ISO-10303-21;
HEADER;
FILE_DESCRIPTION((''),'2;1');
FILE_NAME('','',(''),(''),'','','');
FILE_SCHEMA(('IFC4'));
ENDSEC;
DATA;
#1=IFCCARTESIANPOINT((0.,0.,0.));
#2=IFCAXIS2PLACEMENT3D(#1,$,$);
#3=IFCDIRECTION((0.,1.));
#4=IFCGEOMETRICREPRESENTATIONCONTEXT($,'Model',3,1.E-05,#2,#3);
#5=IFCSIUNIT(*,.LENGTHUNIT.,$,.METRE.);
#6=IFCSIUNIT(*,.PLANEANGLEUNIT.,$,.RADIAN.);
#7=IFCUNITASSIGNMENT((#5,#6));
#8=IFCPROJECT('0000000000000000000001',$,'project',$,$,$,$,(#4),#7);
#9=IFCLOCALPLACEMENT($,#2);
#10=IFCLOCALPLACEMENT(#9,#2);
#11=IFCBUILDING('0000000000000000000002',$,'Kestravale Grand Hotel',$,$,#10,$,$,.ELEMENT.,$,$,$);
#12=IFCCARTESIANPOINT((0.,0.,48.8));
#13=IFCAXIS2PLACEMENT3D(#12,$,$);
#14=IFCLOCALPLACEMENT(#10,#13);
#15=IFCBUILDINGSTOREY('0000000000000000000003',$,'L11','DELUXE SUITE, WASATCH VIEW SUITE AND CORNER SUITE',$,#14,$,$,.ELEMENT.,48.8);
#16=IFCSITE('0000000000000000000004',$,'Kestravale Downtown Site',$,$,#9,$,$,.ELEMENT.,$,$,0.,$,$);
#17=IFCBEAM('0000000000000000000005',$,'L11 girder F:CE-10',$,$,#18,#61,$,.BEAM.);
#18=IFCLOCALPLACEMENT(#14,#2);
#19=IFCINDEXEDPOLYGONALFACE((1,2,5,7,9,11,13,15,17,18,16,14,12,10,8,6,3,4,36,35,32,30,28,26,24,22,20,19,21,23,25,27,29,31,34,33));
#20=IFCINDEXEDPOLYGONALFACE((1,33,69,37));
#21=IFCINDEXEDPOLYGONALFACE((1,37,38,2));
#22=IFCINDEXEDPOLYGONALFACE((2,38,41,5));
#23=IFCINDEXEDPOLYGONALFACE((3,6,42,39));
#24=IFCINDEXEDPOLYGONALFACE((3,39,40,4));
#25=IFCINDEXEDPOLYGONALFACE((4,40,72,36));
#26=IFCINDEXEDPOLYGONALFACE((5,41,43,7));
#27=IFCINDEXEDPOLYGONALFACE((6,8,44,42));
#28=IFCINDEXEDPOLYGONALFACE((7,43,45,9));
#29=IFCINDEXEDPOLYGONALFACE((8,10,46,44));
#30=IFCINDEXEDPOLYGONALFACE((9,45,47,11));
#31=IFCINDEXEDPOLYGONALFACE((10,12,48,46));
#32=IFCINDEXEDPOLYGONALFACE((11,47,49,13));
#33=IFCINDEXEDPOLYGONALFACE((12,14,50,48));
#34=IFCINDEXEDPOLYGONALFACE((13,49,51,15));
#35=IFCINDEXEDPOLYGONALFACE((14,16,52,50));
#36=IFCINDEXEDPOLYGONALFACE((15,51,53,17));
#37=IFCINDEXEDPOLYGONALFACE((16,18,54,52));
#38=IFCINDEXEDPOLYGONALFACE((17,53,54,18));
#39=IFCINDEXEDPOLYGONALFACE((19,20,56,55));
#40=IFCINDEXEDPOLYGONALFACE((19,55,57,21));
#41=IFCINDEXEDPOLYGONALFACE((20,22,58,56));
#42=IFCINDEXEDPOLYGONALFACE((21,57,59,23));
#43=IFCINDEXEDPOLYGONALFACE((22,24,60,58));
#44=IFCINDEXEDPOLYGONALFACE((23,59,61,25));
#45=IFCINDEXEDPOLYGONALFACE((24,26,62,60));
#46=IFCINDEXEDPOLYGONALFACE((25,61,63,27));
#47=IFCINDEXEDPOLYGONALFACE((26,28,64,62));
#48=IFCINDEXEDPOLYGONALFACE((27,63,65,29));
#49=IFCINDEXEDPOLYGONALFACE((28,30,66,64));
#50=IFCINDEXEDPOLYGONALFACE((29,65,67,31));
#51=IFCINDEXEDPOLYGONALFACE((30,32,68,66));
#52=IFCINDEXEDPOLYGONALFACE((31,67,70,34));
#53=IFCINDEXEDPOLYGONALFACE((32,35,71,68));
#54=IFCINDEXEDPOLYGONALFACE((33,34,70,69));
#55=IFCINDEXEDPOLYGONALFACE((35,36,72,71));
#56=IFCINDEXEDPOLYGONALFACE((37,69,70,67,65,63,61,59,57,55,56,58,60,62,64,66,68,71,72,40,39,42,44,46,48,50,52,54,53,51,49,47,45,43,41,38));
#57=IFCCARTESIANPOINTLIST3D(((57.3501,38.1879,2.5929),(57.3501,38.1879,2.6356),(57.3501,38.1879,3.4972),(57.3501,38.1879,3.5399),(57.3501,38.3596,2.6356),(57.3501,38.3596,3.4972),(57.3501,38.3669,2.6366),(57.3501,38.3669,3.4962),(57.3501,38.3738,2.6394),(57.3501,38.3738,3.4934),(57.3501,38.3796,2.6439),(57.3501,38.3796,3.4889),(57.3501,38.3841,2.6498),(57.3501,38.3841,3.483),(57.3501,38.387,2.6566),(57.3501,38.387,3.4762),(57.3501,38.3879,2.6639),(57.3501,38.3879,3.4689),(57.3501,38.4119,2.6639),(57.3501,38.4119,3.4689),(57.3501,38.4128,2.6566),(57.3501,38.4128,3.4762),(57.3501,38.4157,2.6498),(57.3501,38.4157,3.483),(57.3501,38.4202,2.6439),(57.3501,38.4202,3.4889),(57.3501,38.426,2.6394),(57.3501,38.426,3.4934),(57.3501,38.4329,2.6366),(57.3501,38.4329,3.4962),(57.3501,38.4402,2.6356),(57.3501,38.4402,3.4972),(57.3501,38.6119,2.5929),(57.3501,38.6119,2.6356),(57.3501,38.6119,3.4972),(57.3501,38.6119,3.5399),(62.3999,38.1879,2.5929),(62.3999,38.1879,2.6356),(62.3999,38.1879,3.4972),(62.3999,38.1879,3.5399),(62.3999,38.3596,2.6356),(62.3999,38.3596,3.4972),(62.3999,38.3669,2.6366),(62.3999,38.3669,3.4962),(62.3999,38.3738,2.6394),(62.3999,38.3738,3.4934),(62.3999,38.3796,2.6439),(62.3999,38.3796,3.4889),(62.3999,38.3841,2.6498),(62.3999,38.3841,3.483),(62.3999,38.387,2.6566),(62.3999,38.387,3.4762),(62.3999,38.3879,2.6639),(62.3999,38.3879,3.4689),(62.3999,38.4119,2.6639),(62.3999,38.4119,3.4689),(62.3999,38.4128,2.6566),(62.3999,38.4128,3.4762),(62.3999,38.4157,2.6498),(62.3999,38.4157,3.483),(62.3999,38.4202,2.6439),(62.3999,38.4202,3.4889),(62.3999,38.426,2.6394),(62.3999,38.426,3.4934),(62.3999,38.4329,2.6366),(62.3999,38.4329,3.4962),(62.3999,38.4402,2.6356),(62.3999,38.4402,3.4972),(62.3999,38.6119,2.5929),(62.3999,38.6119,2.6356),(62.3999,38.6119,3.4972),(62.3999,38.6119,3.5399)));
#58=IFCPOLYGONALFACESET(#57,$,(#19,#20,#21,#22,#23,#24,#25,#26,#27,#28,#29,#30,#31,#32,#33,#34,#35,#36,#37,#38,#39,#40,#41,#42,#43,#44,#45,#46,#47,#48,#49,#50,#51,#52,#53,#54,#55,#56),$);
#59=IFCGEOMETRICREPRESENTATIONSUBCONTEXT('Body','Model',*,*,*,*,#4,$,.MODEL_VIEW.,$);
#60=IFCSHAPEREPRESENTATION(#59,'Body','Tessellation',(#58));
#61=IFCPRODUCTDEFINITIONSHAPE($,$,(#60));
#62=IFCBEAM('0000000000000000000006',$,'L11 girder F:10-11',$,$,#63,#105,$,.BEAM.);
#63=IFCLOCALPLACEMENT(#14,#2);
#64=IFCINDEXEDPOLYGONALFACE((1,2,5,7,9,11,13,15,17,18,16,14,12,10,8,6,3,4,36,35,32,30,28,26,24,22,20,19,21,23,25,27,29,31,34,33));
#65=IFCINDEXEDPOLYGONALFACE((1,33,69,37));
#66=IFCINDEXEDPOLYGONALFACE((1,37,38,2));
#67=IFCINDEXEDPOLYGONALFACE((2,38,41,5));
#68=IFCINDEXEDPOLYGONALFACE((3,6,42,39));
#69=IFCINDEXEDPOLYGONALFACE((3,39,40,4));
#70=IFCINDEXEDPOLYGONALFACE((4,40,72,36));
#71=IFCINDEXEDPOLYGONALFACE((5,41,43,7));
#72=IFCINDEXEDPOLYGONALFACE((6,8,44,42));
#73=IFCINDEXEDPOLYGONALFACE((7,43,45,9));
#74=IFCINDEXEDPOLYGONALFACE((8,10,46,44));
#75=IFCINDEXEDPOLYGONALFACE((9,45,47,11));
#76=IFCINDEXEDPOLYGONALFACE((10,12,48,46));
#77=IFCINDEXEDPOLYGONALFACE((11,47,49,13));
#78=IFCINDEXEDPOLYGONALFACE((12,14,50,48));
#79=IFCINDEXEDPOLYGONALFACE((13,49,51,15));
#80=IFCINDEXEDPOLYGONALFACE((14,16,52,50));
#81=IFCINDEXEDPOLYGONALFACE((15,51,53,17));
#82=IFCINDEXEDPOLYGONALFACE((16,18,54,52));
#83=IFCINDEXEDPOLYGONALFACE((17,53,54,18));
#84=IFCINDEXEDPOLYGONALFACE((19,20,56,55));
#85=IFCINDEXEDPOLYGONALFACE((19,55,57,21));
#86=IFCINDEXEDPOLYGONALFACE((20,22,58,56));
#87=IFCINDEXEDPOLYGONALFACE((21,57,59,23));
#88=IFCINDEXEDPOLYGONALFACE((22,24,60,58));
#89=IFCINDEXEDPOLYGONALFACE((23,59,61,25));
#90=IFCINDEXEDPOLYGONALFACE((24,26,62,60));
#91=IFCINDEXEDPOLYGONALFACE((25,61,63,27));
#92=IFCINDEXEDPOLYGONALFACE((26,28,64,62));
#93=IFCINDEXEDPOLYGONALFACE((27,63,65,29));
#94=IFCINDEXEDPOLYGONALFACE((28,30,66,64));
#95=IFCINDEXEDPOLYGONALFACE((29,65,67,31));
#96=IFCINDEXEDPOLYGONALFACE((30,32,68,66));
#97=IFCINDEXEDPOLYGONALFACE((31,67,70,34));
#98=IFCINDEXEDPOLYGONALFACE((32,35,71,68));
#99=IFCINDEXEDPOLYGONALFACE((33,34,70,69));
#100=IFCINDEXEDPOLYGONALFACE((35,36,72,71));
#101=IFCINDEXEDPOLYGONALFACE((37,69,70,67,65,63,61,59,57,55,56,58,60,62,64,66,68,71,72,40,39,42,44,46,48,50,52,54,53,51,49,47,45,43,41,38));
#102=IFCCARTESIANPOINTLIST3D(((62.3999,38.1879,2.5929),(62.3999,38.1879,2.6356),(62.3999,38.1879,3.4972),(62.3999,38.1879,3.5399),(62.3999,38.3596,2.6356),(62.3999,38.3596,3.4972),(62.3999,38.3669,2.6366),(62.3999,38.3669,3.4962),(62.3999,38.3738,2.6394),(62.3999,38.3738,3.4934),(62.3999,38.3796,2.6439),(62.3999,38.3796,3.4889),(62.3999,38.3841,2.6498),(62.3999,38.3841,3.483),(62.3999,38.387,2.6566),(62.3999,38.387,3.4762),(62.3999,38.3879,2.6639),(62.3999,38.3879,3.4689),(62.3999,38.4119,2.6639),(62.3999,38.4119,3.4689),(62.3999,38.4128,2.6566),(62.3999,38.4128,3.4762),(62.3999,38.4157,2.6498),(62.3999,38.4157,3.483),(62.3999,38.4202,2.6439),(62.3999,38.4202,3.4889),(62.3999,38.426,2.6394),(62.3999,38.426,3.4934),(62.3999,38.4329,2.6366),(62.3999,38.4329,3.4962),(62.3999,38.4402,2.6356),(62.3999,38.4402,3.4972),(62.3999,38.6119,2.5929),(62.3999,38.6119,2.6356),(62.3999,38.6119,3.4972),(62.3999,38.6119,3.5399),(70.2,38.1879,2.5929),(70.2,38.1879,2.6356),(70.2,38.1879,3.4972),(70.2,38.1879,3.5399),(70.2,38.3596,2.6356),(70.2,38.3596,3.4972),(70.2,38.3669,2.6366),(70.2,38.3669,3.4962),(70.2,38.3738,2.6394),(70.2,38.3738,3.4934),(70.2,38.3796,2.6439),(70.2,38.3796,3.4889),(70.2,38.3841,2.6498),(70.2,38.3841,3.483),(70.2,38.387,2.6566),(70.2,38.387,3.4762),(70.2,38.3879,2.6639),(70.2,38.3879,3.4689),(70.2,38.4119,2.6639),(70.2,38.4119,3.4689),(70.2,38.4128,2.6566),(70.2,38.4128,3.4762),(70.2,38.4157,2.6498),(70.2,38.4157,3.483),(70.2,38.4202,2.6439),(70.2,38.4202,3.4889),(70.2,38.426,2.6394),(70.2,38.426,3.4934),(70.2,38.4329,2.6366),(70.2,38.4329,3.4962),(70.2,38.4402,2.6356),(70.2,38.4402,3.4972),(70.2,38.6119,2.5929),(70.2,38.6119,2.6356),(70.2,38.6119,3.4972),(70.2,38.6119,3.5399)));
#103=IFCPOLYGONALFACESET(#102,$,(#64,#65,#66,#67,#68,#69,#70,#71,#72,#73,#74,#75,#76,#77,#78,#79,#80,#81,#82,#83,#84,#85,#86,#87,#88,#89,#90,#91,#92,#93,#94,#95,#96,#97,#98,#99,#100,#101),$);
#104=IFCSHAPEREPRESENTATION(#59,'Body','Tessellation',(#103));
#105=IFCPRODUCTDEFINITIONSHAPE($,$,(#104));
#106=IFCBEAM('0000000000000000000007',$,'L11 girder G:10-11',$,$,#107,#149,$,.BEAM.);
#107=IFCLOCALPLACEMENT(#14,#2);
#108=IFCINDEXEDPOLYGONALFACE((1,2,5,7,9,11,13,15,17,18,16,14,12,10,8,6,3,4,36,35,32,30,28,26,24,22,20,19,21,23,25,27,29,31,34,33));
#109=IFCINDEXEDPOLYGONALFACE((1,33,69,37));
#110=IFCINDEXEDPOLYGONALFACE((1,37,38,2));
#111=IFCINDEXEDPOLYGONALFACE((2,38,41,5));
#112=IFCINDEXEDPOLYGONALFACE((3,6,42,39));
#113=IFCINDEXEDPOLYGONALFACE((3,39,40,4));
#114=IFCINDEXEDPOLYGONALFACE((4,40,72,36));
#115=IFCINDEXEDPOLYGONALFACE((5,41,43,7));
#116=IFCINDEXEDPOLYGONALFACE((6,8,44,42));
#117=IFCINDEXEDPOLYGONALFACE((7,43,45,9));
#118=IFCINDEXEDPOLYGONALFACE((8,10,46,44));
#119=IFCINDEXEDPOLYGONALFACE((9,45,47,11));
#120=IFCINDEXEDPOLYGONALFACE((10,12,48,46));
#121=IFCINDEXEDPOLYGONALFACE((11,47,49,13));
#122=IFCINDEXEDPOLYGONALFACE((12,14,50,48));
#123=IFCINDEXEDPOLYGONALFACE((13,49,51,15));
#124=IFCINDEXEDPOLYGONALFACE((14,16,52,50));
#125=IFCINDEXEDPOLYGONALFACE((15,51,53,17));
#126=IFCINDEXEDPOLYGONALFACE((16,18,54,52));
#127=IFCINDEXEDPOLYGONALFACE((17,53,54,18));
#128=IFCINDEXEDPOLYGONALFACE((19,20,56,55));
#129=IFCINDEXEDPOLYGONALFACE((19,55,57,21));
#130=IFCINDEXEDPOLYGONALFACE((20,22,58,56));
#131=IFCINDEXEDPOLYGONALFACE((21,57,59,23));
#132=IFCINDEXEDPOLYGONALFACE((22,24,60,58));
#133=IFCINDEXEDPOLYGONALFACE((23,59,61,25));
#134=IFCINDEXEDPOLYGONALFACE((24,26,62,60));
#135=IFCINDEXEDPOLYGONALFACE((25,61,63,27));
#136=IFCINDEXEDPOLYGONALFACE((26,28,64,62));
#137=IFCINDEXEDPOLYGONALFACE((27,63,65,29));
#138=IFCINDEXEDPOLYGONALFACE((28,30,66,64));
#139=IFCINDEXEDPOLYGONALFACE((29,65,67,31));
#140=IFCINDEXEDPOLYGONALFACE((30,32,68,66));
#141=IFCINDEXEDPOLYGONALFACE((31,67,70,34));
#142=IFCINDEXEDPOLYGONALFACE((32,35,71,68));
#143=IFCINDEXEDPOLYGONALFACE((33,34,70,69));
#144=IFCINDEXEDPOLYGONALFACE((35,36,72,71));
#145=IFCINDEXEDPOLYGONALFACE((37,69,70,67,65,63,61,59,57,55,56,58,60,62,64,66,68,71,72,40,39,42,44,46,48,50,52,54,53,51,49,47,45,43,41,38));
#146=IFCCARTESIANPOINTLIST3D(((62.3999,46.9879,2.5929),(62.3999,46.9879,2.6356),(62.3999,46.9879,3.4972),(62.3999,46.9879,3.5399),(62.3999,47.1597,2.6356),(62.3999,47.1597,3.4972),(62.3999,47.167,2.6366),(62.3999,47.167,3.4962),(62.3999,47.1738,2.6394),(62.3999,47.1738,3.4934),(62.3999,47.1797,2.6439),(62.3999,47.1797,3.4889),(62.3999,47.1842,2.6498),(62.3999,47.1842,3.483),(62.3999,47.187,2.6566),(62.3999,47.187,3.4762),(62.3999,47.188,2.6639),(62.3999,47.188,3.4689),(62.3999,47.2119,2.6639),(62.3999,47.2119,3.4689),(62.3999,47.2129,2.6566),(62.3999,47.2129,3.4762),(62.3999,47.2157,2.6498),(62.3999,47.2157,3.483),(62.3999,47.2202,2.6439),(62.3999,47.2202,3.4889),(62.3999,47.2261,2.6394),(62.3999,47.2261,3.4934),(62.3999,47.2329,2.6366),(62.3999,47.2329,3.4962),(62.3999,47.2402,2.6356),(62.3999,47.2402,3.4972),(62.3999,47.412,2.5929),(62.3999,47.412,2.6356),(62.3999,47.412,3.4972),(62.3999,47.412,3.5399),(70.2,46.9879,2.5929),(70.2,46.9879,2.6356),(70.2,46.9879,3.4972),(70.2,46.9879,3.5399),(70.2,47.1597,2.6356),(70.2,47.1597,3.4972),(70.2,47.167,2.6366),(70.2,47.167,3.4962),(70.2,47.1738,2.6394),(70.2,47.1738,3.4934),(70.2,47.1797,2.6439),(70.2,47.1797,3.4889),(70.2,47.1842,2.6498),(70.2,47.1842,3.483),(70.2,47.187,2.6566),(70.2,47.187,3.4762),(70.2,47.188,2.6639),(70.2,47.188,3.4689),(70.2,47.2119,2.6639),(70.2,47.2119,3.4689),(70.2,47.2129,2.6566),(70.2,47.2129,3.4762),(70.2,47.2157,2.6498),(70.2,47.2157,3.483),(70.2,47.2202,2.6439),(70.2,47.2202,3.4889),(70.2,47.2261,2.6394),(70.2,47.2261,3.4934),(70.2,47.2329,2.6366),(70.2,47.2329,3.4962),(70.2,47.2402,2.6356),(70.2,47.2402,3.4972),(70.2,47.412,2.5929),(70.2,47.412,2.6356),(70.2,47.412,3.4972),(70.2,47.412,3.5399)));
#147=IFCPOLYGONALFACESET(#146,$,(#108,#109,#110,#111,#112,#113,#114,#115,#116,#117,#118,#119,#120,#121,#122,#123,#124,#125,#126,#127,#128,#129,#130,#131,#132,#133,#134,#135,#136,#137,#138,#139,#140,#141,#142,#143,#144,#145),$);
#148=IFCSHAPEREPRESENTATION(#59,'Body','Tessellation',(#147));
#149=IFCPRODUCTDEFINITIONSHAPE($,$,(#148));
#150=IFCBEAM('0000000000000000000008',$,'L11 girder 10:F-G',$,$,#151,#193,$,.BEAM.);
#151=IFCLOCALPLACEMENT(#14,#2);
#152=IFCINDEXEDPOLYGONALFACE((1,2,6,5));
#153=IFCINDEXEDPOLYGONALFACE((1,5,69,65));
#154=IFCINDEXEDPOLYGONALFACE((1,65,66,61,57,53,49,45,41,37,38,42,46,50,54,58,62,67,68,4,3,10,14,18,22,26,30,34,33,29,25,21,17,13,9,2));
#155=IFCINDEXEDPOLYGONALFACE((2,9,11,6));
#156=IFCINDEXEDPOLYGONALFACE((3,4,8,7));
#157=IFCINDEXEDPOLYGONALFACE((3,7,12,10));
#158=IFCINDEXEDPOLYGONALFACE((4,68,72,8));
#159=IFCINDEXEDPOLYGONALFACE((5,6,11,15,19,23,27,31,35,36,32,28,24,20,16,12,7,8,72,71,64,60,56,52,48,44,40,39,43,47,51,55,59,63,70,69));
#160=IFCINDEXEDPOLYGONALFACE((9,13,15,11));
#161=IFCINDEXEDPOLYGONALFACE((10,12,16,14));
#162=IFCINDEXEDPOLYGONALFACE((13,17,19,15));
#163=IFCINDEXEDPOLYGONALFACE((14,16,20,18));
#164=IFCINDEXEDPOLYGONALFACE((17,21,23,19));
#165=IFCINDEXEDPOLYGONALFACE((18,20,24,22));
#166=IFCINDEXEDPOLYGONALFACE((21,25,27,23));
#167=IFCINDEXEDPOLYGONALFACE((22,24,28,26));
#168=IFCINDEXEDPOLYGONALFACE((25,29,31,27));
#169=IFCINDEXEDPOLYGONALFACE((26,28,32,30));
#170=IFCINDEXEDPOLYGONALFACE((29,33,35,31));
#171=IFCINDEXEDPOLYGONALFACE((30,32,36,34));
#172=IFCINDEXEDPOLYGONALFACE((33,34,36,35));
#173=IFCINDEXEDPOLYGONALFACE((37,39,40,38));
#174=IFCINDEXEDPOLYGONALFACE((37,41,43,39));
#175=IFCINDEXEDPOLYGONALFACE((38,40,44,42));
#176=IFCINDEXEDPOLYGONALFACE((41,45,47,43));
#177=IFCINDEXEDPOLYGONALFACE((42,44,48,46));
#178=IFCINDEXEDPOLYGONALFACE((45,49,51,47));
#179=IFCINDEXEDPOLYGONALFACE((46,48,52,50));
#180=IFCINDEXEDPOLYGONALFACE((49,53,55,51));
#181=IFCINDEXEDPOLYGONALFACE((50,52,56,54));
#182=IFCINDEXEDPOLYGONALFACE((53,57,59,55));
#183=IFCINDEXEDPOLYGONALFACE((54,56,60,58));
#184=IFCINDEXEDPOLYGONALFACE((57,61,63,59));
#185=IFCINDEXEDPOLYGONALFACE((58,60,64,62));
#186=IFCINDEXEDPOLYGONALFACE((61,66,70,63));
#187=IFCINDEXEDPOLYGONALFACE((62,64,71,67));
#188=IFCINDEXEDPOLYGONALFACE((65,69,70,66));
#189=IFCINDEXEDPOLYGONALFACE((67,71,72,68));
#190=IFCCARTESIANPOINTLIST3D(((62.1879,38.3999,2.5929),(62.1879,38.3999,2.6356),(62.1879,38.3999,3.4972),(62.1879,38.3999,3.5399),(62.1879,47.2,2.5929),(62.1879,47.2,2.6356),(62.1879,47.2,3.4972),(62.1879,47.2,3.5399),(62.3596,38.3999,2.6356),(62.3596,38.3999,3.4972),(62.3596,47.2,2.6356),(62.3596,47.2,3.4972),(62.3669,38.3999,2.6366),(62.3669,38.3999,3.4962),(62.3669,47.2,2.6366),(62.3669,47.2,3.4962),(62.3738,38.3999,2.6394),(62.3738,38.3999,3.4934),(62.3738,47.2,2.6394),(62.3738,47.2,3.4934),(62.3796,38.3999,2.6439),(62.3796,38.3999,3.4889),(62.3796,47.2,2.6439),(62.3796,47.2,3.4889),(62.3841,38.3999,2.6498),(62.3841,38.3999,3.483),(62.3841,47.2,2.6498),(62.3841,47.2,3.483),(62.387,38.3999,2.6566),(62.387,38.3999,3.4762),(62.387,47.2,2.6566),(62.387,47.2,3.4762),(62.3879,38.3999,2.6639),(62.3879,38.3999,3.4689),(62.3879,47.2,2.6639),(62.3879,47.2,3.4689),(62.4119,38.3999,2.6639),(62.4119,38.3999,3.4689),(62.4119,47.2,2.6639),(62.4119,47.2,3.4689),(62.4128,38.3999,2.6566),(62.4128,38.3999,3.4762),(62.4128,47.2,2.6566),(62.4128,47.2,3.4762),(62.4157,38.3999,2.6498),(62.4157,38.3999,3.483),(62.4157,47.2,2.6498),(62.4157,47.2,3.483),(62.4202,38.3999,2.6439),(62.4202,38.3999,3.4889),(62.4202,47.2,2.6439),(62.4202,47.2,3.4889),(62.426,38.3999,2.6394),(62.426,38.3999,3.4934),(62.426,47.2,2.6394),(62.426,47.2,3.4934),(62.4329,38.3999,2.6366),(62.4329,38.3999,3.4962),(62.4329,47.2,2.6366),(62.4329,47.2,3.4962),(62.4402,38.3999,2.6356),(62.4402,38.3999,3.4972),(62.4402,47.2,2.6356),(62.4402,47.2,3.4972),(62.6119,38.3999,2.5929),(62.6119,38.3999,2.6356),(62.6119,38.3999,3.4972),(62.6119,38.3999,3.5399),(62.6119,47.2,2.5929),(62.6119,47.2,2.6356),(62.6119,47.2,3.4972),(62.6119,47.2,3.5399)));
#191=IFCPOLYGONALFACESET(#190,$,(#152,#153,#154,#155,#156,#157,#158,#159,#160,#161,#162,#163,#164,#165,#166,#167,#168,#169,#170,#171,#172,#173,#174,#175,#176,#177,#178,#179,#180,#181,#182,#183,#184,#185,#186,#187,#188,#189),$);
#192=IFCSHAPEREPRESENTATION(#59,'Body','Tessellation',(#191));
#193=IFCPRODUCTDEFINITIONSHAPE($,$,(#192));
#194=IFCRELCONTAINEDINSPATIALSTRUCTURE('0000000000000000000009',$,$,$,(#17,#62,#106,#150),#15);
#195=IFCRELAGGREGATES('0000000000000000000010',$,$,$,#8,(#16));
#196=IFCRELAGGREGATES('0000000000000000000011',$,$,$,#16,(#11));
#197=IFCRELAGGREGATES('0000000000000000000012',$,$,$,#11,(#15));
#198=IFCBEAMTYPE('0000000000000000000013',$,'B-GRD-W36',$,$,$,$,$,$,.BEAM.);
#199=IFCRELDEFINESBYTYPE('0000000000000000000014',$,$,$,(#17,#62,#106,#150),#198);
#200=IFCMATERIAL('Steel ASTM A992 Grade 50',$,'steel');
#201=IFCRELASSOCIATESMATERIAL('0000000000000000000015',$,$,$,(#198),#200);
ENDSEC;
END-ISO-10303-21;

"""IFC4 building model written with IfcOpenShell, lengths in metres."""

from ifc_helpers import new_model, si_unit, direction, frame, origin, origin_2d, place, context, subcontext, project, spatial, i_section, extrude, material, material_profile, profile_set, type_object, element, save


model = new_model("IFC4")

# Units and contexts
model_context = context("Model", 3, precision=1e-05, world=origin(), true_north=direction((0.0, 1.0)))
body_context = subcontext(model_context, "Body", "Model", "MODEL_VIEW")
ifc_project = project(units=[si_unit("LENGTHUNIT", "METRE"), si_unit("PLANEANGLEUNIT", "RADIAN")], contexts=[model_context])

# Site, building, storey
site_placement = place(None, origin())
site = spatial("IfcSite", under=ifc_project, at=site_placement, Name="Kestravale Downtown Site", CompositionType="ELEMENT", RefElevation=0.0)
building_placement = place(site_placement, origin())
building = spatial("IfcBuilding", under=site, at=building_placement, Name="Kestravale Grand Hotel", CompositionType="ELEMENT")
storey_placement = place(building_placement, frame((0.0, 0.0, 48.8)))
storey = spatial("IfcBuildingStorey", under=building, at=storey_placement, Name="L11", Description="DELUXE SUITE, WASATCH VIEW SUITE AND CORNER SUITE", CompositionType="ELEMENT", Elevation=48.8)

# Beams
ifc_material_1 = material(Name="Steel ASTM A992 Grade 50", Category="steel")
ifc_material_profile_1 = material_profile(ifc_material_1, i_section(OverallWidth=0.4241, OverallDepth=0.947, WebThickness=0.0239, FlangeThickness=0.0427, FilletRadius=0.0283, at=origin_2d()))
ifc_profile_set_1 = profile_set([ifc_material_profile_1], Name="Steel ASTM A992 Grade 50")
beam_type_1 = type_object("IfcBeamType", Name="B-GRD-W36", PredefinedType="BEAM", material=ifc_profile_set_1)
beam_1_placement = place(storey_placement, frame((57.3501, 38.3999, 3.0664), z_axis=(1.0, 0.0, 0.0), x_axis=(0.0, 1.0, 0.0)))
element("IfcBeam", 1, at=beam_1_placement, inside=storey, type_object=beam_type_1, Name="L11 girder F:CE-10", PredefinedType="BEAM", context=body_context, shape_type="SweptSolid", body=[
    extrude(i_section(OverallWidth=0.4241, OverallDepth=0.947, WebThickness=0.0239, FlangeThickness=0.0427, FilletRadius=0.0283, at=origin_2d()), origin(), (0.0, 0.0, 1.0), 5.0498),
])
for number, where, z_axis, x_axis, name in (
    (2, (62.3999, 38.3999, 3.0664), (1.0, 0.0, 0.0), (0.0, 1.0, 0.0), "L11 girder F:10-11"),
    (3, (62.3999, 47.2, 3.0664), (1.0, 0.0, 0.0), (0.0, 1.0, 0.0), "L11 girder G:10-11"),
):
    element("IfcBeam", number, at=place(storey_placement, frame(where, z_axis=z_axis, x_axis=x_axis)), inside=storey, type_object=beam_type_1, Name=name, PredefinedType="BEAM", context=body_context, shape_type="SweptSolid", body=[
        extrude(i_section(OverallWidth=0.4241, OverallDepth=0.947, WebThickness=0.0239, FlangeThickness=0.0427, FilletRadius=0.0283, at=origin_2d()), origin(), (0.0, 0.0, 1.0), 7.8),
    ])
for number, where, z_axis, x_axis, name in (
    (4, (62.3999, 38.3999, 3.0664), (0.0, 1.0, 0.0), (-1.0, 0.0, 0.0), "L11 girder 10:F-G"),
):
    element("IfcBeam", number, at=place(storey_placement, frame(where, z_axis=z_axis, x_axis=x_axis)), inside=storey, type_object=beam_type_1, Name=name, PredefinedType="BEAM", context=body_context, shape_type="SweptSolid", body=[
        extrude(i_section(OverallWidth=0.4241, OverallDepth=0.947, WebThickness=0.0239, FlangeThickness=0.0427, FilletRadius=0.0283, at=origin_2d()), origin(), (0.0, 0.0, 1.0), 8.8),
    ])

save(model, "model.ifc")
